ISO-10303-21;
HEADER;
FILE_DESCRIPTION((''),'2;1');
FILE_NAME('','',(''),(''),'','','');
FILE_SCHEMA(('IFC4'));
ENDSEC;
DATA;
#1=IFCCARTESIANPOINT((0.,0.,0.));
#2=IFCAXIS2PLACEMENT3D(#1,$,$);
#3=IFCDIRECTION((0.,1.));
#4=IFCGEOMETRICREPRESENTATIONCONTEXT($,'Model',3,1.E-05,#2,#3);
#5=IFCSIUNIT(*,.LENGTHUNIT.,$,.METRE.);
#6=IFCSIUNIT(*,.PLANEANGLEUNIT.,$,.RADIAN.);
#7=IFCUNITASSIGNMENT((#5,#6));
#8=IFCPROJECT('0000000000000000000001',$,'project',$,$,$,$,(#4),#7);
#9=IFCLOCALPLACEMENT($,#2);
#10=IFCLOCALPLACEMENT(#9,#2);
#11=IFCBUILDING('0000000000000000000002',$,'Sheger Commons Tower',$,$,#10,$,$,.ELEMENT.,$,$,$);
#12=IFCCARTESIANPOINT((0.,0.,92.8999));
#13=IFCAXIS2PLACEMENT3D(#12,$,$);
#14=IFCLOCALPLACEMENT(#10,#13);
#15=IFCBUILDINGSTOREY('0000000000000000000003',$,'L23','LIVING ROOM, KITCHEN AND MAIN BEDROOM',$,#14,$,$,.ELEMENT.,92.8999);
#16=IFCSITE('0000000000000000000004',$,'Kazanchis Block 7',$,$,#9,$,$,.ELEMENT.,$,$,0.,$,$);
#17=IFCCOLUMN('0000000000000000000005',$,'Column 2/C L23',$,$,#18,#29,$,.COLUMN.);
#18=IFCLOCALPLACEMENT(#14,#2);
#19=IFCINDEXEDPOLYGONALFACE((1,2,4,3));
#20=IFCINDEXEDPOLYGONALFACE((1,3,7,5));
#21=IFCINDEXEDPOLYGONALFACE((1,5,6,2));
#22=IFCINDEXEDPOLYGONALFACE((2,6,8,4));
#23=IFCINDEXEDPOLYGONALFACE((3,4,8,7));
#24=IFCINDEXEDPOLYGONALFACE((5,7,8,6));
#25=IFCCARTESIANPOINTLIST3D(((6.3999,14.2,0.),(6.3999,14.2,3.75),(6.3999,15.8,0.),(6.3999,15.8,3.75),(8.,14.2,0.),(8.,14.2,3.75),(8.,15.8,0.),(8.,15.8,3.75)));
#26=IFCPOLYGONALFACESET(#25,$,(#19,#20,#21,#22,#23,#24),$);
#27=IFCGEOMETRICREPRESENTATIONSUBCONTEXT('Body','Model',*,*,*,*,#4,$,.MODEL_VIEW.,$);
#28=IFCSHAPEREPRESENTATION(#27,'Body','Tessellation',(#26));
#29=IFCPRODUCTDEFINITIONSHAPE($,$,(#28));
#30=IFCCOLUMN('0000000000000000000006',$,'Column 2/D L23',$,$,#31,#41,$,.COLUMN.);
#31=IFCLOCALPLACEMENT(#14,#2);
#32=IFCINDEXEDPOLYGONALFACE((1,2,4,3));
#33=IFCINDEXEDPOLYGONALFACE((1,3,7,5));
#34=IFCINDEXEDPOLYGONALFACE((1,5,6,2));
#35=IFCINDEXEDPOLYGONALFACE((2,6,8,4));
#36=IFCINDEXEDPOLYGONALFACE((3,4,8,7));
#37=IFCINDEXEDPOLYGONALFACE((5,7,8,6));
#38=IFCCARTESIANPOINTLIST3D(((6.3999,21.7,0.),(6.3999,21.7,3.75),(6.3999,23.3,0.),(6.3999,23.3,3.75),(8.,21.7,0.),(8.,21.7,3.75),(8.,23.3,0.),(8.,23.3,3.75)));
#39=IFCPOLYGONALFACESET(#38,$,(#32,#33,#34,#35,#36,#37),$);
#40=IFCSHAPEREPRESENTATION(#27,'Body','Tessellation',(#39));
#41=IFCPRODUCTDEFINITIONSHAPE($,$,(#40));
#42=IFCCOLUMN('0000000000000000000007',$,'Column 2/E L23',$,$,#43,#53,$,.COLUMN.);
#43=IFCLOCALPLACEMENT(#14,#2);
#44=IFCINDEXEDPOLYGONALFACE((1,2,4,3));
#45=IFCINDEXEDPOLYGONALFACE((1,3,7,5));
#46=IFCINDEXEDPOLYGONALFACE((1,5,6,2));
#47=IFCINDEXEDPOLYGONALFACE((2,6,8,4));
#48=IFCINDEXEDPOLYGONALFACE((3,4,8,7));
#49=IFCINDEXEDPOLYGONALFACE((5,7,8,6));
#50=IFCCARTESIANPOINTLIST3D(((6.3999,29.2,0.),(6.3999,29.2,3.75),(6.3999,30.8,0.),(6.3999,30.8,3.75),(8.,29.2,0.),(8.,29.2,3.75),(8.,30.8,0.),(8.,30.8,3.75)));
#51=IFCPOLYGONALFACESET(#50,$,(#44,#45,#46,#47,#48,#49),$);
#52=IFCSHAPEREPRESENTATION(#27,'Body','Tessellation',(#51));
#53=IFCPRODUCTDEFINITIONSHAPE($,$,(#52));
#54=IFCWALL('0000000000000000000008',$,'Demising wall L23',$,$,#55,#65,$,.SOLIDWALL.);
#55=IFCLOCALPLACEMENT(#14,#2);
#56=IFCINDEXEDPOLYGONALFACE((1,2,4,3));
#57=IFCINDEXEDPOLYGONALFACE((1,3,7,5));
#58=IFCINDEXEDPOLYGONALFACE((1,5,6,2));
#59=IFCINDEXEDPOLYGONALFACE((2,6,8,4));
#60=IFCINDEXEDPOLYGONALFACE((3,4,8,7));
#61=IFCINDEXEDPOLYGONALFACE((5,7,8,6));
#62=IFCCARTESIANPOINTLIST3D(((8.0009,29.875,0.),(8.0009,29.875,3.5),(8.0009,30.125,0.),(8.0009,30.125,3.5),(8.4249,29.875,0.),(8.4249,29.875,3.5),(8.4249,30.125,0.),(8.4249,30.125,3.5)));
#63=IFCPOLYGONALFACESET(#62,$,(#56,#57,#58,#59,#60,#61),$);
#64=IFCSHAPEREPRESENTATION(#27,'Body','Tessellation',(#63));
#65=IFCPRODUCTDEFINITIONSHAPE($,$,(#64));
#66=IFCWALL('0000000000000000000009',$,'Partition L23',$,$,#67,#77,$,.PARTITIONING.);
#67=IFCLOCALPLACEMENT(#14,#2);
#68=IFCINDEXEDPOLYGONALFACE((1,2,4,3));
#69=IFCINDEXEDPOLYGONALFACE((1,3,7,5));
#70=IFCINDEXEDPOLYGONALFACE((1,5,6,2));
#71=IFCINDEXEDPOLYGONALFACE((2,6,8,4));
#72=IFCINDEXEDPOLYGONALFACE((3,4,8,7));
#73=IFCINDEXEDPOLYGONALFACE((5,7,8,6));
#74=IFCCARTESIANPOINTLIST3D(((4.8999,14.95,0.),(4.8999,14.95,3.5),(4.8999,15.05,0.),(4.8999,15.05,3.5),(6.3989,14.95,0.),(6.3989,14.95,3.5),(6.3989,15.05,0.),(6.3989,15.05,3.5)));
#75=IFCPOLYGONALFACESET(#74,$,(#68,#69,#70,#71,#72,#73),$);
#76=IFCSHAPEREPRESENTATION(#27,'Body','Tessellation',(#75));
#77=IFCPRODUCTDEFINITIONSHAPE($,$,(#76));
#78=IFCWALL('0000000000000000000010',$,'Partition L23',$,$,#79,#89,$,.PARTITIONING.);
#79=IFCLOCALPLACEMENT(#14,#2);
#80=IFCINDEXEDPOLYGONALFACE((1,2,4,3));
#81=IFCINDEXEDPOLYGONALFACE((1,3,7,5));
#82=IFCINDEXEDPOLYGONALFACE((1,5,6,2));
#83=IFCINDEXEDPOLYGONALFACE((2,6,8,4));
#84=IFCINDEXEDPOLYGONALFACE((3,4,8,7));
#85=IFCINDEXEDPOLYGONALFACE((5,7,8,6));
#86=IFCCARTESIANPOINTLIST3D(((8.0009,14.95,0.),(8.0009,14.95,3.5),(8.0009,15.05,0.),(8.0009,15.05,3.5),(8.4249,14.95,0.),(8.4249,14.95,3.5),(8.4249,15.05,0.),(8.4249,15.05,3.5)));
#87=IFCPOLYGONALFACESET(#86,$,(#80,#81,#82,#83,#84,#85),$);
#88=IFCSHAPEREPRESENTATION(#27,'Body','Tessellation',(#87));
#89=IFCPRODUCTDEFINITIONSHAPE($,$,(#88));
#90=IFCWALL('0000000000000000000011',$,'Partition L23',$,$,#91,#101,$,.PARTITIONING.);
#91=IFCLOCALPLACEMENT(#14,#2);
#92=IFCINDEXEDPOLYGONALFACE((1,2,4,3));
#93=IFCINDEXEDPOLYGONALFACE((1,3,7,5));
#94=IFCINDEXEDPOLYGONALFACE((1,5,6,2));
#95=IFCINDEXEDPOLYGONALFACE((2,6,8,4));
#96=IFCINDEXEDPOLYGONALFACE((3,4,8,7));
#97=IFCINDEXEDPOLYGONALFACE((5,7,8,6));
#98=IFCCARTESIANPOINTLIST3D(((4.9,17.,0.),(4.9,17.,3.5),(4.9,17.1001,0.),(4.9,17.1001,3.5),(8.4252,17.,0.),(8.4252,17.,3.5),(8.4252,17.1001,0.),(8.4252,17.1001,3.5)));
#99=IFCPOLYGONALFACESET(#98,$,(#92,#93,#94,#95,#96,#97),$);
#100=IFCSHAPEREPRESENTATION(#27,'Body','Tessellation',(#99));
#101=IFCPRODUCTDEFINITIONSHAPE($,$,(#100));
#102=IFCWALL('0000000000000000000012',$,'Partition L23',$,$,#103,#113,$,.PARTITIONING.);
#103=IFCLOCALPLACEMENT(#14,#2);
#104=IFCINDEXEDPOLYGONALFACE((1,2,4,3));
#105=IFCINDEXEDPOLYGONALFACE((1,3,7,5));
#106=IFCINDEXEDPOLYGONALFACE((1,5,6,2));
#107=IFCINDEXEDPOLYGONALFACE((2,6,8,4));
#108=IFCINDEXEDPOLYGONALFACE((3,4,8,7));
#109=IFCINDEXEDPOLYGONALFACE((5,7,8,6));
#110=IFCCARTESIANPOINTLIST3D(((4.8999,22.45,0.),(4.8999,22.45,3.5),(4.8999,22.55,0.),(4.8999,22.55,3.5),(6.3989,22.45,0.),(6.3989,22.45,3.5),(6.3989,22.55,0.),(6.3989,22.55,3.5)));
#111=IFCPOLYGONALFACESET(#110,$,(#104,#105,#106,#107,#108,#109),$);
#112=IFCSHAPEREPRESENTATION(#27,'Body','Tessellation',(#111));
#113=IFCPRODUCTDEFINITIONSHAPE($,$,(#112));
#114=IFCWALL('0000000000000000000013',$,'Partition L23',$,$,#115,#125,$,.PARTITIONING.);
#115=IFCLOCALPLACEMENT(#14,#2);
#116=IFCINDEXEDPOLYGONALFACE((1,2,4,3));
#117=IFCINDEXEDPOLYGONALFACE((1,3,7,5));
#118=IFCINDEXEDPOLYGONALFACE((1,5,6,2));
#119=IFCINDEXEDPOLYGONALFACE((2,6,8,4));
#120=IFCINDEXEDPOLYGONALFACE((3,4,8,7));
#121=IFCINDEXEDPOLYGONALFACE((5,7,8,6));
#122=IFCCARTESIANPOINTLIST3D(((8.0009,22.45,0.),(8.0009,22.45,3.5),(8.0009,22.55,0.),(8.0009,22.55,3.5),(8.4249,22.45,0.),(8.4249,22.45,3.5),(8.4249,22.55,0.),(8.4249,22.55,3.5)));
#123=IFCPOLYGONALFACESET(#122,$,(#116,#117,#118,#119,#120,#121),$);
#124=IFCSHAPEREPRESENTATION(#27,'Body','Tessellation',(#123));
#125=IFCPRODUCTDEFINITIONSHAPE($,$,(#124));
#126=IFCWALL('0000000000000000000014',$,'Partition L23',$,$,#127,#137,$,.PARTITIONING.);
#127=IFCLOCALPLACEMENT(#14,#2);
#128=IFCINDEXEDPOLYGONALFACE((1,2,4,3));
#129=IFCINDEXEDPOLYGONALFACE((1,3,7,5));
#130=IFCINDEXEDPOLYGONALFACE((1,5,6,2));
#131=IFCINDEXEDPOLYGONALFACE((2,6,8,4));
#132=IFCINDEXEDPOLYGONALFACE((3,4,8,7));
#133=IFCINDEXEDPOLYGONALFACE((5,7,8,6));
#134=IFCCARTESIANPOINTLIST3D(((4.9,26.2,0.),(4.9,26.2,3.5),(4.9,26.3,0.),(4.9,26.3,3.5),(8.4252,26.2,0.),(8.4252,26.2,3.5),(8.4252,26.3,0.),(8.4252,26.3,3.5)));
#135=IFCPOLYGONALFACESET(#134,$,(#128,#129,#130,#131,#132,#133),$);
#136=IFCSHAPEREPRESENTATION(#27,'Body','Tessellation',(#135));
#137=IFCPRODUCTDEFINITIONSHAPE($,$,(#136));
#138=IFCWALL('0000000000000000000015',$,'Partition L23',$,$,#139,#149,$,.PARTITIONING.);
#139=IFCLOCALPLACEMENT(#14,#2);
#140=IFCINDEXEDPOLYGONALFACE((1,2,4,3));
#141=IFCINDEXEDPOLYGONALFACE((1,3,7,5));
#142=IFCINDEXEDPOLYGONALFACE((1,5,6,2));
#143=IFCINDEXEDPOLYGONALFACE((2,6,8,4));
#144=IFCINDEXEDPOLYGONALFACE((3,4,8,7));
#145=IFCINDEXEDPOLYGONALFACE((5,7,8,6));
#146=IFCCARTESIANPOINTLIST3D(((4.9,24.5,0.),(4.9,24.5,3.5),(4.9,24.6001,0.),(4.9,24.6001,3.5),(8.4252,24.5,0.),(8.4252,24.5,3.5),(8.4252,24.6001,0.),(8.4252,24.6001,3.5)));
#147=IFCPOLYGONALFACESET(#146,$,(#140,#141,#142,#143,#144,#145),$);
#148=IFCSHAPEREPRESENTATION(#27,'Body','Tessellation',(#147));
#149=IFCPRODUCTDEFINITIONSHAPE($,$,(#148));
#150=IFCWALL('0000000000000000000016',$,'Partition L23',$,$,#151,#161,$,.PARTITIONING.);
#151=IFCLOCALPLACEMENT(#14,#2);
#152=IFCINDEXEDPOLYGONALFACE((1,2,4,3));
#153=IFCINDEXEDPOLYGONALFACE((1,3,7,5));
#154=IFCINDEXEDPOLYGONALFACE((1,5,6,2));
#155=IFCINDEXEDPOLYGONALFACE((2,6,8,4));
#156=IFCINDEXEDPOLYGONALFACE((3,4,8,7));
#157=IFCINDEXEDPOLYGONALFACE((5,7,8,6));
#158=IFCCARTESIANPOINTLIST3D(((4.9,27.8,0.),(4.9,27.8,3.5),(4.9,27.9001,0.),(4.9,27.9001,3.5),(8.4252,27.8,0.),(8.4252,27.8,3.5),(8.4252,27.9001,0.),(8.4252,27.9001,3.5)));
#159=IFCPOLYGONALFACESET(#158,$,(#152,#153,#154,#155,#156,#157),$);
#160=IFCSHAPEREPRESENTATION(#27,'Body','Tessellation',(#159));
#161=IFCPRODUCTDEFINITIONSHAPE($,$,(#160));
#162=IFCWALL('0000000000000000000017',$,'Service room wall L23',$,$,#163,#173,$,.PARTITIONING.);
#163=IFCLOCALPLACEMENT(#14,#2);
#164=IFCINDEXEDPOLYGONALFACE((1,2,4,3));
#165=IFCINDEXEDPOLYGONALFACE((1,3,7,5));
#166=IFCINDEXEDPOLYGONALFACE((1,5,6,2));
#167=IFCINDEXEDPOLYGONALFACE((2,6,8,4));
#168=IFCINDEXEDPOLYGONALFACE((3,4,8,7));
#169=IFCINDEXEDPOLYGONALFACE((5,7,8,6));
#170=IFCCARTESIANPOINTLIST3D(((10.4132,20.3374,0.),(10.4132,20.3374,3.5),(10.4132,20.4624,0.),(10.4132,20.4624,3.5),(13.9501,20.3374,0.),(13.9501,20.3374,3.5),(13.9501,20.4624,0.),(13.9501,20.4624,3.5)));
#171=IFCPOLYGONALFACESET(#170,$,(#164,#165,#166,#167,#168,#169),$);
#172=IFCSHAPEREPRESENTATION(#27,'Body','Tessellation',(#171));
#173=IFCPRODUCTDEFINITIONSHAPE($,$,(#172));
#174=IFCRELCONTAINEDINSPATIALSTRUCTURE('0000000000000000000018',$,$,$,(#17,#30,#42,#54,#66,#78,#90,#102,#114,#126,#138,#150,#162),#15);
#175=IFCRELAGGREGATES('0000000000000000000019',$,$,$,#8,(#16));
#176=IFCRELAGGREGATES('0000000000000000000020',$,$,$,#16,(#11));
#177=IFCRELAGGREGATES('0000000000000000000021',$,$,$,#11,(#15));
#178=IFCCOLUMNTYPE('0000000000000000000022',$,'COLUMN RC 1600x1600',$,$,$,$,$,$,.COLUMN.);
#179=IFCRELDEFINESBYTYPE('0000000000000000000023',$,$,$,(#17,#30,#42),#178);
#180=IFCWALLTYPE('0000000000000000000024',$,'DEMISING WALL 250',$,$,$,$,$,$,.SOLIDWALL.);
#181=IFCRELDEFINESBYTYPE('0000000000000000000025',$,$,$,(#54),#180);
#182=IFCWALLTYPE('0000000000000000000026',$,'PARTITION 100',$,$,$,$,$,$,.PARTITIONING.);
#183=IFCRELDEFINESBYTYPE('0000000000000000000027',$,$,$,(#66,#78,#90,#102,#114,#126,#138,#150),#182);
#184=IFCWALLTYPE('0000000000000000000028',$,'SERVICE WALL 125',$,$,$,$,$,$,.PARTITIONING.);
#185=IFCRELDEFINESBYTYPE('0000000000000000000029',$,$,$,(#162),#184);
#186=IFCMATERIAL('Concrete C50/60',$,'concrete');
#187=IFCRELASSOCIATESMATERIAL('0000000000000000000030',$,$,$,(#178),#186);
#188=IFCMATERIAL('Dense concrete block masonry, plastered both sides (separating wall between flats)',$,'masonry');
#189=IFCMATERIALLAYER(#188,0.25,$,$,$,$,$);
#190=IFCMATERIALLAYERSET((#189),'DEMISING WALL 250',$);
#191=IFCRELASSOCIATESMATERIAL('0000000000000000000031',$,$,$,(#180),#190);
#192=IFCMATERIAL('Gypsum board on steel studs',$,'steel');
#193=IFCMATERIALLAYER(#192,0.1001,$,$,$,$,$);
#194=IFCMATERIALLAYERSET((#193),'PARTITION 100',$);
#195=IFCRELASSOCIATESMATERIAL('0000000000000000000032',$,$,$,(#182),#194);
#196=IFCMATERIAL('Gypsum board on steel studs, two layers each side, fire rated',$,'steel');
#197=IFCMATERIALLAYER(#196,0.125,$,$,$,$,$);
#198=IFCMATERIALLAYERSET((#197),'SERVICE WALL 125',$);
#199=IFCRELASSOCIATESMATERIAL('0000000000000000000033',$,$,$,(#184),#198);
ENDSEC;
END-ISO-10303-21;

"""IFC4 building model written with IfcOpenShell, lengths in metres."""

from ifc_helpers import new_model, si_unit, direction, frame, frame_2d, origin, origin_2d, place, context, subcontext, project, spatial, rectangle, extrude, material, layer, layer_set, material_profile, profile_set, type_object, element, save


model = new_model("IFC4")

# Units and contexts
model_context = context("Model", 3, precision=1e-05, world=origin(), true_north=direction((0.0, 1.0)))
body_context = subcontext(model_context, "Body", "Model", "MODEL_VIEW")
ifc_project = project(units=[si_unit("LENGTHUNIT", "METRE"), si_unit("PLANEANGLEUNIT", "RADIAN")], contexts=[model_context])

# Site, building, storey
site_placement = place(None, origin())
site = spatial("IfcSite", under=ifc_project, at=site_placement, Name="Kazanchis Block 7", CompositionType="ELEMENT", RefElevation=0.0)
building_placement = place(site_placement, origin())
building = spatial("IfcBuilding", under=site, at=building_placement, Name="Sheger Commons Tower", CompositionType="ELEMENT")
storey_placement = place(building_placement, frame((0.0, 0.0, 92.8999)))
storey = spatial("IfcBuildingStorey", under=building, at=storey_placement, Name="L23", Description="LIVING ROOM, KITCHEN AND MAIN BEDROOM", CompositionType="ELEMENT", Elevation=92.8999)

# Columns
ifc_material_1 = material(Name="Concrete C50/60", Category="concrete")
ifc_material_profile = material_profile(ifc_material_1, rectangle(XDim=1.6001, YDim=1.6001, at=origin_2d()), Name="RC 1600x1600")
ifc_profile_set = profile_set([ifc_material_profile], Name="Concrete C50/60")
column_type = type_object("IfcColumnType", Name="COLUMN RC 1600x1600", PredefinedType="COLUMN", material=ifc_profile_set)
for number, where, z_axis, x_axis, name in (
    (1, (7.2, 15.0, 0.0), (0.0, 0.0, 1.0), (1.0, 0.0, 0.0), "Column 2/C L23"),
    (2, (7.2, 22.5, 0.0), (0.0, 0.0, 1.0), (1.0, 0.0, 0.0), "Column 2/D L23"),
    (3, (7.2, 30.0, 0.0), (0.0, 0.0, 1.0), (1.0, 0.0, 0.0), "Column 2/E L23"),
):
    element("IfcColumn", number, at=place(storey_placement, frame(where, z_axis=z_axis, x_axis=x_axis)), inside=storey, type_object=column_type, Name=name, PredefinedType="COLUMN", context=body_context, shape_type="SweptSolid", body=[
        extrude(rectangle(XDim=1.6001, YDim=1.6001, at=origin_2d()), origin(), (0.0, 0.0, 1.0), 3.75),
    ])

# Walls
ifc_material_2 = material(Name="Dense concrete block masonry, plastered both sides (separating wall between flats)", Category="masonry")
ifc_layer_1 = layer(ifc_material_2, 0.25)
ifc_layer_set_1 = layer_set([ifc_layer_1], Name="DEMISING WALL 250")
wall_type_1 = type_object("IfcWallType", Name="DEMISING WALL 250", PredefinedType="SOLIDWALL", material=ifc_layer_set_1)
wall_1_placement = place(storey_placement, frame((8.001, 30.0, 0.0), z_axis=(0.0, 0.0, 1.0), x_axis=(1.0, 0.0, 0.0)))
element("IfcWall", 4, at=wall_1_placement, inside=storey, type_object=wall_type_1, Name="Demising wall L23", PredefinedType="SOLIDWALL", context=body_context, shape_type="SweptSolid", body=[
    extrude(rectangle(XDim=0.4241, YDim=0.25, at=frame_2d((0.2119, 0.0))), origin(), (0.0, 0.0, 1.0), 3.5),
])
ifc_material_3 = material(Name="Gypsum board on steel studs", Category="steel")
ifc_layer_2 = layer(ifc_material_3, 0.1001)
ifc_layer_set_2 = layer_set([ifc_layer_2], Name="PARTITION 100")
wall_type_2 = type_object("IfcWallType", Name="PARTITION 100", PredefinedType="PARTITIONING", material=ifc_layer_set_2)
wall_2_placement = place(storey_placement, frame((4.8999, 15.0, 0.0), z_axis=(0.0, 0.0, 1.0), x_axis=(1.0, 0.0, 0.0)))
element("IfcWall", 5, at=wall_2_placement, inside=storey, type_object=wall_type_2, Name="Partition L23", PredefinedType="PARTITIONING", context=body_context, shape_type="SweptSolid", body=[
    extrude(rectangle(XDim=1.499, YDim=0.1001, at=frame_2d((0.7495, 0.0))), origin(), (0.0, 0.0, 1.0), 3.5),
])
wall_3_placement = place(storey_placement, frame((8.001, 15.0, 0.0), z_axis=(0.0, 0.0, 1.0), x_axis=(1.0, 0.0, 0.0)))
element("IfcWall", 6, at=wall_3_placement, inside=storey, type_object=wall_type_2, Name="Partition L23", PredefinedType="PARTITIONING", context=body_context, shape_type="SweptSolid", body=[
    extrude(rectangle(XDim=0.4241, YDim=0.1001, at=frame_2d((0.2119, 0.0))), origin(), (0.0, 0.0, 1.0), 3.5),
])
wall_4_placement = place(storey_placement, frame((4.8999, 17.05, 0.0), z_axis=(0.0, 0.0, 1.0), x_axis=(1.0, 0.0, 0.0)))
element("IfcWall", 7, at=wall_4_placement, inside=storey, type_object=wall_type_2, Name="Partition L23", PredefinedType="PARTITIONING", context=body_context, shape_type="SweptSolid", body=[
    extrude(rectangle(XDim=3.5251, YDim=0.1001, at=frame_2d((1.7627, 0.0))), origin(), (0.0, 0.0, 1.0), 3.5),
])
wall_5_placement = place(storey_placement, frame((4.8999, 22.5, 0.0), z_axis=(0.0, 0.0, 1.0), x_axis=(1.0, 0.0, 0.0)))
element("IfcWall", 8, at=wall_5_placement, inside=storey, type_object=wall_type_2, Name="Partition L23", PredefinedType="PARTITIONING", context=body_context, shape_type="SweptSolid", body=[
    extrude(rectangle(XDim=1.499, YDim=0.1001, at=frame_2d((0.7495, 0.0))), origin(), (0.0, 0.0, 1.0), 3.5),
])
wall_6_placement = place(storey_placement, frame((8.001, 22.5, 0.0), z_axis=(0.0, 0.0, 1.0), x_axis=(1.0, 0.0, 0.0)))
element("IfcWall", 9, at=wall_6_placement, inside=storey, type_object=wall_type_2, Name="Partition L23", PredefinedType="PARTITIONING", context=body_context, shape_type="SweptSolid", body=[
    extrude(rectangle(XDim=0.4241, YDim=0.1001, at=frame_2d((0.2119, 0.0))), origin(), (0.0, 0.0, 1.0), 3.5),
])
for number, where, z_axis, x_axis, name in (
    (10, (4.8999, 26.25, 0.0), (0.0, 0.0, 1.0), (1.0, 0.0, 0.0), "Partition L23"),
    (11, (4.8999, 24.55, 0.0), (0.0, 0.0, 1.0), (1.0, 0.0, 0.0), "Partition L23"),
    (12, (4.8999, 27.8501, 0.0), (0.0, 0.0, 1.0), (1.0, 0.0, 0.0), "Partition L23"),
):
    element("IfcWall", number, at=place(storey_placement, frame(where, z_axis=z_axis, x_axis=x_axis)), inside=storey, type_object=wall_type_2, Name=name, PredefinedType="PARTITIONING", context=body_context, shape_type="SweptSolid", body=[
        extrude(rectangle(XDim=3.5251, YDim=0.1001, at=frame_2d((1.7627, 0.0))), origin(), (0.0, 0.0, 1.0), 3.5),
    ])
ifc_material_4 = material(Name="Gypsum board on steel studs, two layers each side, fire rated", Category="steel")
ifc_layer_3 = layer(ifc_material_4, 0.125)
ifc_layer_set_3 = layer_set([ifc_layer_3], Name="SERVICE WALL 125")
wall_type_3 = type_object("IfcWallType", Name="SERVICE WALL 125", PredefinedType="PARTITIONING", material=ifc_layer_set_3)
wall_7_placement = place(storey_placement, frame((10.4131, 20.3999, 0.0), z_axis=(0.0, 0.0, 1.0), x_axis=(1.0, 0.0, 0.0)))
element("IfcWall", 13, at=wall_7_placement, inside=storey, type_object=wall_type_3, Name="Service room wall L23", PredefinedType="PARTITIONING", context=body_context, shape_type="SweptSolid", body=[
    extrude(rectangle(XDim=3.5369, YDim=0.125, at=frame_2d((1.7686, 0.0))), origin(), (0.0, 0.0, 1.0), 3.5),
])

save(model, "model.ifc")
